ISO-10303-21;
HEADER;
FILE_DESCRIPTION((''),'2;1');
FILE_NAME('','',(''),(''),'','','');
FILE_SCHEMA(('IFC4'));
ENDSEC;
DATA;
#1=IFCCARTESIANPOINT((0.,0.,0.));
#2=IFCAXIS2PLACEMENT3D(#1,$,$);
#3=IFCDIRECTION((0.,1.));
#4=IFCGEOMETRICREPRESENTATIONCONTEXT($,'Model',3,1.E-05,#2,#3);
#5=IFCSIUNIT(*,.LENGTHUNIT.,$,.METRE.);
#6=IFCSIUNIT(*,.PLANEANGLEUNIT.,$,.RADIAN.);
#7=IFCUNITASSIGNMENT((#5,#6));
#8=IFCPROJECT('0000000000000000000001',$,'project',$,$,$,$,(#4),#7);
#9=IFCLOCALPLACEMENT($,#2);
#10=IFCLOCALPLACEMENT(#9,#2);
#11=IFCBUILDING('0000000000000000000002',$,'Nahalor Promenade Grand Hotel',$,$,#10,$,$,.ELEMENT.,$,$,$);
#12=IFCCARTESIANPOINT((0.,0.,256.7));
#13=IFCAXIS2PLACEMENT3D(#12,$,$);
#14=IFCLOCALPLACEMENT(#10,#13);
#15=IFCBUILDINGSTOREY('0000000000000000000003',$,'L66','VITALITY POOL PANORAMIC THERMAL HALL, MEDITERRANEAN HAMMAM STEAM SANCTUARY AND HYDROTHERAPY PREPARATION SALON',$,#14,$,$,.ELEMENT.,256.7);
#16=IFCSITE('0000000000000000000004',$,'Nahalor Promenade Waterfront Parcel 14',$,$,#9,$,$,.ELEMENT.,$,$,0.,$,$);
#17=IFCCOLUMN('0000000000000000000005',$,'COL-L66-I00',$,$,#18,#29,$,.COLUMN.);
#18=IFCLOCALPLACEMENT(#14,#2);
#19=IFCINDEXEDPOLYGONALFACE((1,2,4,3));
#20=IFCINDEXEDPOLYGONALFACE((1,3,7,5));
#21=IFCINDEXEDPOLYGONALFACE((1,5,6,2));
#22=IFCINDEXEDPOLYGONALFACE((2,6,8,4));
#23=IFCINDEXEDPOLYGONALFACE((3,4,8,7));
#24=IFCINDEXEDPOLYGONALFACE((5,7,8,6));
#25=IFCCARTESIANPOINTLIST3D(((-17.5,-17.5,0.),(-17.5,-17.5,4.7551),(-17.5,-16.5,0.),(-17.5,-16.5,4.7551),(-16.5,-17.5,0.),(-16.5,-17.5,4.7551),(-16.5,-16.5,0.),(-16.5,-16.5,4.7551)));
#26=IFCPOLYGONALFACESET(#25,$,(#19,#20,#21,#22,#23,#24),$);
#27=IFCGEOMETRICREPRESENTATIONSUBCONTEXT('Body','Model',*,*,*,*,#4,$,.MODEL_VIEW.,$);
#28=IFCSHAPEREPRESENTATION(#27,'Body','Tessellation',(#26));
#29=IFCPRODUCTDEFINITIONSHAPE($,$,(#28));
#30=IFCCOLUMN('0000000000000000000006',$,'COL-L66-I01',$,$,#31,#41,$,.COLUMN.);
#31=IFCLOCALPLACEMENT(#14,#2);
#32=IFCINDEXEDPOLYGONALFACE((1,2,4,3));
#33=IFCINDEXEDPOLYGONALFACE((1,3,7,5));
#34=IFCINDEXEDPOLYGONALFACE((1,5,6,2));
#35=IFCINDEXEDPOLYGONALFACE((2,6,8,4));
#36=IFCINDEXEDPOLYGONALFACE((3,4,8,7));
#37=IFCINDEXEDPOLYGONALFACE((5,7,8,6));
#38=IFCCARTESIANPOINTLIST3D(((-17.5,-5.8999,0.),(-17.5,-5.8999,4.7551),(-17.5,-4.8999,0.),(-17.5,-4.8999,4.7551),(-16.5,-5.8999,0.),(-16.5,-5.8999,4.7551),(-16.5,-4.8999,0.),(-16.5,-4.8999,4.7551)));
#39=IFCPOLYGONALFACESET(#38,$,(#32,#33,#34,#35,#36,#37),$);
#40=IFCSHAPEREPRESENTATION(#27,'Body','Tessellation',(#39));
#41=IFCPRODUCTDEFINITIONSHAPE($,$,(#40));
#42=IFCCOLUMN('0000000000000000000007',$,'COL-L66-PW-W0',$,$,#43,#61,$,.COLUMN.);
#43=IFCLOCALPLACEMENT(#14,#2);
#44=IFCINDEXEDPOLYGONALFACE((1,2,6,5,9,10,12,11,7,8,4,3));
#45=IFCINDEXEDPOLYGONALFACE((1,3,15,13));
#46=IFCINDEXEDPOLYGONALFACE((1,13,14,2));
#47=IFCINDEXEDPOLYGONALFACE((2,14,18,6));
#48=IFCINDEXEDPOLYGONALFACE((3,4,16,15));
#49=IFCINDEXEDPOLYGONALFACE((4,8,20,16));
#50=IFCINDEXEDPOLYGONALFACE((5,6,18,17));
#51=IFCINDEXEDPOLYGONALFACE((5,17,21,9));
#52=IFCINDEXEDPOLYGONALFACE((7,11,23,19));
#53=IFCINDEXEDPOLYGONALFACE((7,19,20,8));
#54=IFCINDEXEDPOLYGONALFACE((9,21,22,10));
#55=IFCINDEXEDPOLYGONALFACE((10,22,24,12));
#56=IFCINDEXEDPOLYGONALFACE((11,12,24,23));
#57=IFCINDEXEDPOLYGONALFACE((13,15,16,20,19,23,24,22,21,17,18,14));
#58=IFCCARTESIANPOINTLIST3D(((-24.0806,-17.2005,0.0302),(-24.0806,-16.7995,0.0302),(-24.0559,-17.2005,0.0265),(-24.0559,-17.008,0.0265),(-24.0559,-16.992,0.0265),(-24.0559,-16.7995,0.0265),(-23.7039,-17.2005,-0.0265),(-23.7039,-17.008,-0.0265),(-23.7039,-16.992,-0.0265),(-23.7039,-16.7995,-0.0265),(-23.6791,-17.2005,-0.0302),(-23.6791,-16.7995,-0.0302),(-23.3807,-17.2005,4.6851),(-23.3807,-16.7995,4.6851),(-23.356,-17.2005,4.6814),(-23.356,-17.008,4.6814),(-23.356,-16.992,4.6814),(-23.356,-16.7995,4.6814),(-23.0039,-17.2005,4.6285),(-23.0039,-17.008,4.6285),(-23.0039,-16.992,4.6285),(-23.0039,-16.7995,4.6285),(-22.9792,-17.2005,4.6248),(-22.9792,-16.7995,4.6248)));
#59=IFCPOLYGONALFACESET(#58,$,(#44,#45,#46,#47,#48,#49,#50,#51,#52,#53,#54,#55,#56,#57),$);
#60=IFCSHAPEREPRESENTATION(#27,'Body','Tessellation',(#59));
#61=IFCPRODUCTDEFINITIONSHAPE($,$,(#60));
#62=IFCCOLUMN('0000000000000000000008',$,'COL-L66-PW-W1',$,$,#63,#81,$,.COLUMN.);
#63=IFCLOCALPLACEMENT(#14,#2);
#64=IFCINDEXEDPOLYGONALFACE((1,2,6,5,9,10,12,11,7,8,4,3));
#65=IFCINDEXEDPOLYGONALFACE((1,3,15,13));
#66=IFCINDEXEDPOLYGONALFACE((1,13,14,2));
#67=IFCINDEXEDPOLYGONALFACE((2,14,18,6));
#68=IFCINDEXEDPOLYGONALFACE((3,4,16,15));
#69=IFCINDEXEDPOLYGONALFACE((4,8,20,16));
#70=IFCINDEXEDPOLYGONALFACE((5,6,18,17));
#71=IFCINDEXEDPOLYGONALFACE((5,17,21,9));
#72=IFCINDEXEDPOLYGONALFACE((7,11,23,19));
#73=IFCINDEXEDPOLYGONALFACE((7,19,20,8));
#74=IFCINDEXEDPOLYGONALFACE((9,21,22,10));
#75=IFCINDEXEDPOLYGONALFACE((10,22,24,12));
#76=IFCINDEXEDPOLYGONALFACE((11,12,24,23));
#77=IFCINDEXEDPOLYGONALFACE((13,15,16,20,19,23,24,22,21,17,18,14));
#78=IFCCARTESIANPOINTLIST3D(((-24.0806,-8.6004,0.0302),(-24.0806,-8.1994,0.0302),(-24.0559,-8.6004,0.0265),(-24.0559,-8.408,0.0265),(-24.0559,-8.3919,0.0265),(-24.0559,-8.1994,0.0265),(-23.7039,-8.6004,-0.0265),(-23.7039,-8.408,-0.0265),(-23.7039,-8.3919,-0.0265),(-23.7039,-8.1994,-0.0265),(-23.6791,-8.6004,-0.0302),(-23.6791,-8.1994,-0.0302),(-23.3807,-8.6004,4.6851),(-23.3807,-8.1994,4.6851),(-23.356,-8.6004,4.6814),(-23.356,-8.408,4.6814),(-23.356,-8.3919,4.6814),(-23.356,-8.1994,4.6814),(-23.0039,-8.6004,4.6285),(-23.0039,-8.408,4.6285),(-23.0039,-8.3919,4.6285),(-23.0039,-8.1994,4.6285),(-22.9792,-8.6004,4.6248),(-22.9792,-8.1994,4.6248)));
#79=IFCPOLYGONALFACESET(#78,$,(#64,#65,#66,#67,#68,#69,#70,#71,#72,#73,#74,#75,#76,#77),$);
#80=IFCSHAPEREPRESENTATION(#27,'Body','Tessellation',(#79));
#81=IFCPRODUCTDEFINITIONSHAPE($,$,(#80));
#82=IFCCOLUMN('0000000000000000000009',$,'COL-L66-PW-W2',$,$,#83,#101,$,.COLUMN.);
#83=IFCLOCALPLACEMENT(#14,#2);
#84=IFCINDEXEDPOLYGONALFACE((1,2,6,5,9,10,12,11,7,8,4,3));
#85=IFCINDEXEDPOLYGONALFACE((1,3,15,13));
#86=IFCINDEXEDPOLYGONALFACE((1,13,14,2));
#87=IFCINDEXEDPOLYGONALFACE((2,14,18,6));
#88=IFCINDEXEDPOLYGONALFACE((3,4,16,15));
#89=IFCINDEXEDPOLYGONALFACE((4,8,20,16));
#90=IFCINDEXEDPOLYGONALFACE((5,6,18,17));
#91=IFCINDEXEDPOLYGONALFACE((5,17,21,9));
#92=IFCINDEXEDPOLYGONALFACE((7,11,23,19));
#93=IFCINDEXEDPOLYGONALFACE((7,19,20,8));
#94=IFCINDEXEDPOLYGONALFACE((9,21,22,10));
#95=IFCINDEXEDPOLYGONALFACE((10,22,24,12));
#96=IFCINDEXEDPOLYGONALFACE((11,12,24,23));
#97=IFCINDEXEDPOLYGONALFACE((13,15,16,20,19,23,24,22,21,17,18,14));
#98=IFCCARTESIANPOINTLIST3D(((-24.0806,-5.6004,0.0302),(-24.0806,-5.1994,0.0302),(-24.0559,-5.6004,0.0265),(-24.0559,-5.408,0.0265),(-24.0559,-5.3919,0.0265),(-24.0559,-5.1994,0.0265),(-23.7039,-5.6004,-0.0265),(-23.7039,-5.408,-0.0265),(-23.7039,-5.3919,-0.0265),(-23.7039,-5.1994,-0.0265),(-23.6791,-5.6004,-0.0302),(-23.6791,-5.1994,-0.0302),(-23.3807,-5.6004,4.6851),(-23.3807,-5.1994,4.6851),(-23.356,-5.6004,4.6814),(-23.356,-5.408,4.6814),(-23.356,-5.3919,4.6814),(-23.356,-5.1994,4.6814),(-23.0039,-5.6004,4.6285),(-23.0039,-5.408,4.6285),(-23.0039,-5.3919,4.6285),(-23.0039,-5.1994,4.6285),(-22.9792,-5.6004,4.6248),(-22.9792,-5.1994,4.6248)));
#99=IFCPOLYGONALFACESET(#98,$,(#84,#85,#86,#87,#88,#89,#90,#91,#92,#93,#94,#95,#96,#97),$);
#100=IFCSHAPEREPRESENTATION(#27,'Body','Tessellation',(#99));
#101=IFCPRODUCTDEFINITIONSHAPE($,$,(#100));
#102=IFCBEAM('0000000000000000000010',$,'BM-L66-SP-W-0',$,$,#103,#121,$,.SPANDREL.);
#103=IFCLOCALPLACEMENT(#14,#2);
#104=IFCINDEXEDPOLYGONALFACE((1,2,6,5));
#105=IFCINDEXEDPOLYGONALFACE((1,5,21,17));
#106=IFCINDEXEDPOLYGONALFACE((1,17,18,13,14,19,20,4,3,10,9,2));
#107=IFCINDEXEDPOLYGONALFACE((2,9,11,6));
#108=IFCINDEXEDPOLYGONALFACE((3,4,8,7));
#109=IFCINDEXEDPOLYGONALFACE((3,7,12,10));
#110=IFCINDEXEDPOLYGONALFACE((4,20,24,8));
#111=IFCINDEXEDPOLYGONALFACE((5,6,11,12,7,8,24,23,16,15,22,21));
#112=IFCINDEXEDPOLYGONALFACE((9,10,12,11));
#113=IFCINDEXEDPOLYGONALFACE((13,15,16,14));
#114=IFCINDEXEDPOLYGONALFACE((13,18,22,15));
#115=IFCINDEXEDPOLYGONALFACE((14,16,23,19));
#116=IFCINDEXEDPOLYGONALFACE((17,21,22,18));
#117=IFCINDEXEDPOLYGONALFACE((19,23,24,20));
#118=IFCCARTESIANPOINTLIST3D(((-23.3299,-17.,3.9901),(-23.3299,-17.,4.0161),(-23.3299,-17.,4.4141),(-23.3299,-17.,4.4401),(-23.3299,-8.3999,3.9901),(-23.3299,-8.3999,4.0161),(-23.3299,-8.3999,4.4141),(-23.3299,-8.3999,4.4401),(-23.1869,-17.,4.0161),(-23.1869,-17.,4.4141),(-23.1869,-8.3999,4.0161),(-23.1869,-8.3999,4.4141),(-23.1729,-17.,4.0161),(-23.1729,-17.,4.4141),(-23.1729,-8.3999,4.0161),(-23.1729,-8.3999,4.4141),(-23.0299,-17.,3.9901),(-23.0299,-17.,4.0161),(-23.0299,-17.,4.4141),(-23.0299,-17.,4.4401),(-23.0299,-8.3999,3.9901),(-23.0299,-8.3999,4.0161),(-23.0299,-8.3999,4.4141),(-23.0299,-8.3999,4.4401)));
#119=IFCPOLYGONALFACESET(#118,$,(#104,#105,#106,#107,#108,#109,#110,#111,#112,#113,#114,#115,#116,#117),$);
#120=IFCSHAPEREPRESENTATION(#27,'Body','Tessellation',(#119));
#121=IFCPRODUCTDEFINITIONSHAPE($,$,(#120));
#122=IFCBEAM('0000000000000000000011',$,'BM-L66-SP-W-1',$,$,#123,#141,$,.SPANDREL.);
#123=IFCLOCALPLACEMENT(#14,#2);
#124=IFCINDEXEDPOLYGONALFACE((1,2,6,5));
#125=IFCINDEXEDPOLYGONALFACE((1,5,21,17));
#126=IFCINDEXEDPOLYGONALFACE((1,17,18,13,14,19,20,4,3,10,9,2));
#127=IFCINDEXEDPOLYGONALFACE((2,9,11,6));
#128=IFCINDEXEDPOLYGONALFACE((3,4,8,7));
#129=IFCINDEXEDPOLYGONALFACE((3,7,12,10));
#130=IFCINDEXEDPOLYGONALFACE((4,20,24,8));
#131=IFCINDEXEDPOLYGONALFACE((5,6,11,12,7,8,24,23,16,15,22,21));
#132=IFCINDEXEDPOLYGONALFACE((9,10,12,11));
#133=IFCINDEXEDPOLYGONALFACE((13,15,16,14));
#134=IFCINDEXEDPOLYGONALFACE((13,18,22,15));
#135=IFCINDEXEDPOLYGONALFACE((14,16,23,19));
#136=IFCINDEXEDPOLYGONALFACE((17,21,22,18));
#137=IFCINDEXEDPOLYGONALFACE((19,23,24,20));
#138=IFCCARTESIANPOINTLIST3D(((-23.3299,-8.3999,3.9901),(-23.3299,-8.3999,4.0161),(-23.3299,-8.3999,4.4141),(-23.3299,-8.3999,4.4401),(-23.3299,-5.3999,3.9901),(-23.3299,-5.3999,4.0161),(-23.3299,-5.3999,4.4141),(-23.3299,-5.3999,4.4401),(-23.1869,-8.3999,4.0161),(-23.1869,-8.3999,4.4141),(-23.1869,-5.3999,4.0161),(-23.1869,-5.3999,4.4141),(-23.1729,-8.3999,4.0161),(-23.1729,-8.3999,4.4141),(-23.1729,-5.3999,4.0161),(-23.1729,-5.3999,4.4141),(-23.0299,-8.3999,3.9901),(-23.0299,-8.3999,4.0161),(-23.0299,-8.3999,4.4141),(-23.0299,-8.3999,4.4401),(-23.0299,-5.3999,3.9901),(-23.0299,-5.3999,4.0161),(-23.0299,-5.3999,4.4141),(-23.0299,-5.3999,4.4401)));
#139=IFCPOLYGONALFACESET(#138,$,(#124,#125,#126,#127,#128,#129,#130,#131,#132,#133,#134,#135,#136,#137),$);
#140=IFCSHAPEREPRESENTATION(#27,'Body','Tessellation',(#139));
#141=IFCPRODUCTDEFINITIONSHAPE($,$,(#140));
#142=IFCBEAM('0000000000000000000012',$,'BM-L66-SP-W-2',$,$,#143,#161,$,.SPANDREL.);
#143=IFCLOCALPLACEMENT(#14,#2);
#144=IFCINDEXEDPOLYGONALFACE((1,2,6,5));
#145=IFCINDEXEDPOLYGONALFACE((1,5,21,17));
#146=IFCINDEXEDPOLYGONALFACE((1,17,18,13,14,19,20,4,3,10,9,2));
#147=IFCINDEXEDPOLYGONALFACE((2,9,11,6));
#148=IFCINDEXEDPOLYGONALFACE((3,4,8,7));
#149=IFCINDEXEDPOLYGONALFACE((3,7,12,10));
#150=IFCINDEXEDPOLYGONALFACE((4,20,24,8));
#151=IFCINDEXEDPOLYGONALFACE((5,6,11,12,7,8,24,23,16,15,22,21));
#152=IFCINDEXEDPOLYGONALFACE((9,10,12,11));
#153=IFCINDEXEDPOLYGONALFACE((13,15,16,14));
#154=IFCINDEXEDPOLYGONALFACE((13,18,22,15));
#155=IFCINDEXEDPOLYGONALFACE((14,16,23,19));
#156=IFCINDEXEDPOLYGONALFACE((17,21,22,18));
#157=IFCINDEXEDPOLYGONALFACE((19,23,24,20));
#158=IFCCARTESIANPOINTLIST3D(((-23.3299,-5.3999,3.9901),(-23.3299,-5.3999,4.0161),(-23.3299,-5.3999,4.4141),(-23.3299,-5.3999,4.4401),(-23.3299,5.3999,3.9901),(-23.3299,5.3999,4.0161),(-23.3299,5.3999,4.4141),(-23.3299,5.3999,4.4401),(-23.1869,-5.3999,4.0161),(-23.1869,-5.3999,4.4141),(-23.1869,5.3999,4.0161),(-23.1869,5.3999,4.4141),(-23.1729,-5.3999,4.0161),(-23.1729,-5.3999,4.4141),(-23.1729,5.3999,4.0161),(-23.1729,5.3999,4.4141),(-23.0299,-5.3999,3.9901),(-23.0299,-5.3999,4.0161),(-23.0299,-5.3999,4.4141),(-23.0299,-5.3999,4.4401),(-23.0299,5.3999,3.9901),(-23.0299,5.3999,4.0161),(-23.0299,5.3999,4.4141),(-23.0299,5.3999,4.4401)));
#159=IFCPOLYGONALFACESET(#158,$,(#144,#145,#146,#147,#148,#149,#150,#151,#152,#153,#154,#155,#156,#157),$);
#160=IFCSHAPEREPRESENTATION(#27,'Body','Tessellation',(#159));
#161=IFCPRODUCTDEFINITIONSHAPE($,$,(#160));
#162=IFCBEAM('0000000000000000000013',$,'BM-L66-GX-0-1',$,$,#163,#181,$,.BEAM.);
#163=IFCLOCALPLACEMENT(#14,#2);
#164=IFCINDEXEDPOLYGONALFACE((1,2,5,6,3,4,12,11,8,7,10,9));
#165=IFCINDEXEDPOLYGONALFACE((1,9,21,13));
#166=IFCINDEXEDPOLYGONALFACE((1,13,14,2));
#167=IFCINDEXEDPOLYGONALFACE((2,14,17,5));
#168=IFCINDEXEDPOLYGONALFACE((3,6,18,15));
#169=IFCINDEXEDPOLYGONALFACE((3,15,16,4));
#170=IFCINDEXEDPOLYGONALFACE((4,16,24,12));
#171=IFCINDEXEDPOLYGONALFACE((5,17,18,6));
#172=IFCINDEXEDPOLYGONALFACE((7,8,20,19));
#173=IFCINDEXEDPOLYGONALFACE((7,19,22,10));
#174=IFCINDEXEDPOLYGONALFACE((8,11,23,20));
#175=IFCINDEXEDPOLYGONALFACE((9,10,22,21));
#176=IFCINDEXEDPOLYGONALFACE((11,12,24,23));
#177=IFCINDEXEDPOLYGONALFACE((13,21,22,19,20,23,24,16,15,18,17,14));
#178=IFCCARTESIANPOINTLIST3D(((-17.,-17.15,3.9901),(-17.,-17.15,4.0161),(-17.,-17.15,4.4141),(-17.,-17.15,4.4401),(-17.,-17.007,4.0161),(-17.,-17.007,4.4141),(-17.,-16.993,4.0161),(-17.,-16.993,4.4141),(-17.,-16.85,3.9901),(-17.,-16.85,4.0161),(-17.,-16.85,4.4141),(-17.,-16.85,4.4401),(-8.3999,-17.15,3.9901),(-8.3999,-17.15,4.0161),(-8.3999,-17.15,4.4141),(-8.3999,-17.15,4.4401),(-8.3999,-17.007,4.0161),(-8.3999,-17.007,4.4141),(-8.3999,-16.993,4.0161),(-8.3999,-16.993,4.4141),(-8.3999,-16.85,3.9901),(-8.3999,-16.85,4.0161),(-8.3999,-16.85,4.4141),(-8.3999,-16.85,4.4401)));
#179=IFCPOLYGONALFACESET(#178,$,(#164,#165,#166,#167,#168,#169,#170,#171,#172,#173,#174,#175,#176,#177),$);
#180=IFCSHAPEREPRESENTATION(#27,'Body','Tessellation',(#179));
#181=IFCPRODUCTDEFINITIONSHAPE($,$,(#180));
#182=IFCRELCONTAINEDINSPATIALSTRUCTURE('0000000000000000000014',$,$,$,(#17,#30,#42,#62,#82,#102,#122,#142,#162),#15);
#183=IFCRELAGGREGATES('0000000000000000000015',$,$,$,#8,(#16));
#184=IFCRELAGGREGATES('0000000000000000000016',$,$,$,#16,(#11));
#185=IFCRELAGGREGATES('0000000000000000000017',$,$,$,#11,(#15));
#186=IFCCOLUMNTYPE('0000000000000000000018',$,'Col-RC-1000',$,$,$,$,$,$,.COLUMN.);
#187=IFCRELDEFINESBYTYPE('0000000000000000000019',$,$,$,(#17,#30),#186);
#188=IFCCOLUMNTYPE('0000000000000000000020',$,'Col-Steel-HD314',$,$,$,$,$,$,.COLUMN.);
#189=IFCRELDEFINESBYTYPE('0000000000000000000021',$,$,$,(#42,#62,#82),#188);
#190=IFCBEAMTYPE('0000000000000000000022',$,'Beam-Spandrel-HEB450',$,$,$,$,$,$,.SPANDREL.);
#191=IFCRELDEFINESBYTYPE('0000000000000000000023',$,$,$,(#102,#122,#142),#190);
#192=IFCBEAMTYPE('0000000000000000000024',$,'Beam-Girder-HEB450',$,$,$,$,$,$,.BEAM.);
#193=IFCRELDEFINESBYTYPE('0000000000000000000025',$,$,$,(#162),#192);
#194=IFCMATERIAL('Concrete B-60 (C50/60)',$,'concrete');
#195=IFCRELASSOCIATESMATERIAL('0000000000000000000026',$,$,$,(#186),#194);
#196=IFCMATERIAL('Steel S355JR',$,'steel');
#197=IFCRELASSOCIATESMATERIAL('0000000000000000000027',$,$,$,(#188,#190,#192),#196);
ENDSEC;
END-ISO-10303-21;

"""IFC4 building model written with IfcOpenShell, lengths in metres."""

from ifc_helpers import new_model, si_unit, direction, frame, origin, origin_2d, place, context, subcontext, project, spatial, rectangle, i_section, extrude, source, transform, mapped, material, material_profile, profile_set, type_object, element, save


model = new_model("IFC4")

# Units and contexts
model_context = context("Model", 3, precision=1e-05, world=origin(), true_north=direction((0.0, 1.0)))
body_context = subcontext(model_context, "Body", "Model", "MODEL_VIEW")
ifc_project = project(units=[si_unit("LENGTHUNIT", "METRE"), si_unit("PLANEANGLEUNIT", "RADIAN")], contexts=[model_context])

# Site, building, storey
site_placement = place(None, origin())
site = spatial("IfcSite", under=ifc_project, at=site_placement, Name="Nahalor Promenade Waterfront Parcel 14", CompositionType="ELEMENT", RefElevation=0.0)
building_placement = place(site_placement, origin())
building = spatial("IfcBuilding", under=site, at=building_placement, Name="Nahalor Promenade Grand Hotel", CompositionType="ELEMENT")
storey_placement = place(building_placement, frame((0.0, 0.0, 256.7)))
storey = spatial("IfcBuildingStorey", under=building, at=storey_placement, Name="L66", Description="VITALITY POOL PANORAMIC THERMAL HALL, MEDITERRANEAN HAMMAM STEAM SANCTUARY AND HYDROTHERAPY PREPARATION SALON", CompositionType="ELEMENT", Elevation=256.7)

# Columns
ifc_material_1 = material(Name="Concrete B-60 (C50/60)", Category="concrete")
ifc_material_profile_1 = material_profile(ifc_material_1, rectangle(XDim=1.0, YDim=1.0, at=origin_2d()), Name="RC 1000x1000")
ifc_profile_set_1 = profile_set([ifc_material_profile_1], Name="Concrete B-60 (C50/60)")
column_type_1 = type_object("IfcColumnType", Name="Col-RC-1000", PredefinedType="COLUMN", material=ifc_profile_set_1)
shared_shape_1 = source(origin(), body_context, "Body", "SweptSolid", [
    extrude(rectangle(XDim=1.0, YDim=1.0, at=origin_2d()), origin(), (0.0, 0.0, 1.0), 4.7551),
])
for number, where, z_axis, x_axis, name in (
    (1, (-17.0, -17.0, 0.0), (0.0, 0.0, 1.0), (1.0, 0.0, 0.0), "COL-L66-I00"),
    (2, (-17.0, -5.3999, 0.0), (0.0, 0.0, 1.0), (1.0, 0.0, 0.0), "COL-L66-I01"),
):
    element("IfcColumn", number, at=place(storey_placement, frame(where, z_axis=z_axis, x_axis=x_axis)), inside=storey, type_object=column_type_1, Name=name, PredefinedType="COLUMN", context=body_context, shape_type="MappedRepresentation", body=[
        mapped(shared_shape_1, transform((0.0, 0.0, 0.0), scale=1.0)),
    ])
ifc_material_2 = material(Name="Steel S355JR", Category="steel")
ifc_material_profile_2 = material_profile(ifc_material_2, i_section(OverallWidth=0.401, OverallDepth=0.406, WebThickness=0.0161, FlangeThickness=0.025, at=origin_2d()), Name="HD 400x314")
ifc_profile_set_2 = profile_set([ifc_material_profile_2], Name="Steel S355JR")
column_type_2 = type_object("IfcColumnType", Name="Col-Steel-HD314", PredefinedType="COLUMN", material=ifc_profile_set_2)
shared_shape_2 = source(origin(), body_context, "Body", "SweptSolid", [
    extrude(i_section(OverallWidth=0.401, OverallDepth=0.406, WebThickness=0.0161, FlangeThickness=0.025, at=origin_2d()), origin(), (0.0, 0.0, 1.0), 4.7073),
])
for number, where, z_axis, x_axis, name in (
    (3, (-23.8799, -17.0, 0.0), (0.148693, 0.0, 0.988883), (0.0, 1.0, 0.0), "COL-L66-PW-W0"),
    (4, (-23.8799, -8.3999, 0.0), (0.148693, 0.0, 0.988883), (0.0, 1.0, 0.0), "COL-L66-PW-W1"),
    (5, (-23.8799, -5.3999, 0.0), (0.148693, 0.0, 0.988883), (0.0, 1.0, 0.0), "COL-L66-PW-W2"),
):
    element("IfcColumn", number, at=place(storey_placement, frame(where, z_axis=z_axis, x_axis=x_axis)), inside=storey, type_object=column_type_2, Name=name, PredefinedType="COLUMN", context=body_context, shape_type="MappedRepresentation", body=[
        mapped(shared_shape_2, transform((0.0, 0.0, 0.0), scale=1.0)),
    ])

# Beams
ifc_material_profile_3 = material_profile(ifc_material_2, i_section(OverallWidth=0.3, OverallDepth=0.45, WebThickness=0.014, FlangeThickness=0.026, at=origin_2d()), Name="HEB 450")
ifc_profile_set_3 = profile_set([ifc_material_profile_3], Name="Steel S355JR")
beam_type_1 = type_object("IfcBeamType", Name="Beam-Spandrel-HEB450", PredefinedType="SPANDREL", material=ifc_profile_set_3)
shared_shape_3 = source(origin(), body_context, "Body", "SweptSolid", [
    extrude(i_section(OverallWidth=0.3, OverallDepth=0.45, WebThickness=0.014, FlangeThickness=0.026, at=origin_2d()), origin(), (0.0, 0.0, 1.0), 8.6001),
])
beam_1_placement = place(storey_placement, frame((-23.1799, -17.0, 4.2151), z_axis=(0.0, 1.0, 0.0), x_axis=(-1.0, 0.0, 0.0)))
element("IfcBeam", 6, at=beam_1_placement, inside=storey, type_object=beam_type_1, Name="BM-L66-SP-W-0", PredefinedType="SPANDREL", context=body_context, shape_type="MappedRepresentation", body=[
    mapped(shared_shape_3, transform((0.0, 0.0, 0.0), scale=1.0)),
])
shared_shape_4 = source(origin(), body_context, "Body", "SweptSolid", [
    extrude(i_section(OverallWidth=0.3, OverallDepth=0.45, WebThickness=0.014, FlangeThickness=0.026, at=origin_2d()), origin(), (0.0, 0.0, 1.0), 3.0),
])
beam_2_placement = place(storey_placement, frame((-23.1799, -8.3999, 4.2151), z_axis=(0.0, 1.0, 0.0), x_axis=(-1.0, 0.0, 0.0)))
element("IfcBeam", 7, at=beam_2_placement, inside=storey, type_object=beam_type_1, Name="BM-L66-SP-W-1", PredefinedType="SPANDREL", context=body_context, shape_type="MappedRepresentation", body=[
    mapped(shared_shape_4, transform((0.0, 0.0, 0.0), scale=1.0)),
])
shared_shape_5 = source(origin(), body_context, "Body", "SweptSolid", [
    extrude(i_section(OverallWidth=0.3, OverallDepth=0.45, WebThickness=0.014, FlangeThickness=0.026, at=origin_2d()), origin(), (0.0, 0.0, 1.0), 10.7998),
])
beam_3_placement = place(storey_placement, frame((-23.1799, -5.3999, 4.2151), z_axis=(0.0, 1.0, 0.0), x_axis=(-1.0, 0.0, 0.0)))
element("IfcBeam", 8, at=beam_3_placement, inside=storey, type_object=beam_type_1, Name="BM-L66-SP-W-2", PredefinedType="SPANDREL", context=body_context, shape_type="MappedRepresentation", body=[
    mapped(shared_shape_5, transform((0.0, 0.0, 0.0), scale=1.0)),
])
ifc_material_profile_4 = material_profile(ifc_material_2, i_section(OverallWidth=0.3, OverallDepth=0.45, WebThickness=0.014, FlangeThickness=0.026, at=origin_2d()), Name="HEB 450")
ifc_profile_set_4 = profile_set([ifc_material_profile_4], Name="Steel S355JR")
beam_type_2 = type_object("IfcBeamType", Name="Beam-Girder-HEB450", PredefinedType="BEAM", material=ifc_profile_set_4)
shared_shape_6 = source(origin(), body_context, "Body", "SweptSolid", [
    extrude(i_section(OverallWidth=0.3, OverallDepth=0.45, WebThickness=0.014, FlangeThickness=0.026, at=origin_2d()), origin(), (0.0, 0.0, 1.0), 8.6001),
])
for number, where, z_axis, x_axis, name in (
    (9, (-17.0, -17.0, 4.2151), (1.0, 0.0, 0.0), (0.0, 1.0, 0.0), "BM-L66-GX-0-1"),
):
    element("IfcBeam", number, at=place(storey_placement, frame(where, z_axis=z_axis, x_axis=x_axis)), inside=storey, type_object=beam_type_2, Name=name, PredefinedType="BEAM", context=body_context, shape_type="MappedRepresentation", body=[
        mapped(shared_shape_6, transform((0.0, 0.0, 0.0), scale=1.0)),
    ])

save(model, "model.ifc")
